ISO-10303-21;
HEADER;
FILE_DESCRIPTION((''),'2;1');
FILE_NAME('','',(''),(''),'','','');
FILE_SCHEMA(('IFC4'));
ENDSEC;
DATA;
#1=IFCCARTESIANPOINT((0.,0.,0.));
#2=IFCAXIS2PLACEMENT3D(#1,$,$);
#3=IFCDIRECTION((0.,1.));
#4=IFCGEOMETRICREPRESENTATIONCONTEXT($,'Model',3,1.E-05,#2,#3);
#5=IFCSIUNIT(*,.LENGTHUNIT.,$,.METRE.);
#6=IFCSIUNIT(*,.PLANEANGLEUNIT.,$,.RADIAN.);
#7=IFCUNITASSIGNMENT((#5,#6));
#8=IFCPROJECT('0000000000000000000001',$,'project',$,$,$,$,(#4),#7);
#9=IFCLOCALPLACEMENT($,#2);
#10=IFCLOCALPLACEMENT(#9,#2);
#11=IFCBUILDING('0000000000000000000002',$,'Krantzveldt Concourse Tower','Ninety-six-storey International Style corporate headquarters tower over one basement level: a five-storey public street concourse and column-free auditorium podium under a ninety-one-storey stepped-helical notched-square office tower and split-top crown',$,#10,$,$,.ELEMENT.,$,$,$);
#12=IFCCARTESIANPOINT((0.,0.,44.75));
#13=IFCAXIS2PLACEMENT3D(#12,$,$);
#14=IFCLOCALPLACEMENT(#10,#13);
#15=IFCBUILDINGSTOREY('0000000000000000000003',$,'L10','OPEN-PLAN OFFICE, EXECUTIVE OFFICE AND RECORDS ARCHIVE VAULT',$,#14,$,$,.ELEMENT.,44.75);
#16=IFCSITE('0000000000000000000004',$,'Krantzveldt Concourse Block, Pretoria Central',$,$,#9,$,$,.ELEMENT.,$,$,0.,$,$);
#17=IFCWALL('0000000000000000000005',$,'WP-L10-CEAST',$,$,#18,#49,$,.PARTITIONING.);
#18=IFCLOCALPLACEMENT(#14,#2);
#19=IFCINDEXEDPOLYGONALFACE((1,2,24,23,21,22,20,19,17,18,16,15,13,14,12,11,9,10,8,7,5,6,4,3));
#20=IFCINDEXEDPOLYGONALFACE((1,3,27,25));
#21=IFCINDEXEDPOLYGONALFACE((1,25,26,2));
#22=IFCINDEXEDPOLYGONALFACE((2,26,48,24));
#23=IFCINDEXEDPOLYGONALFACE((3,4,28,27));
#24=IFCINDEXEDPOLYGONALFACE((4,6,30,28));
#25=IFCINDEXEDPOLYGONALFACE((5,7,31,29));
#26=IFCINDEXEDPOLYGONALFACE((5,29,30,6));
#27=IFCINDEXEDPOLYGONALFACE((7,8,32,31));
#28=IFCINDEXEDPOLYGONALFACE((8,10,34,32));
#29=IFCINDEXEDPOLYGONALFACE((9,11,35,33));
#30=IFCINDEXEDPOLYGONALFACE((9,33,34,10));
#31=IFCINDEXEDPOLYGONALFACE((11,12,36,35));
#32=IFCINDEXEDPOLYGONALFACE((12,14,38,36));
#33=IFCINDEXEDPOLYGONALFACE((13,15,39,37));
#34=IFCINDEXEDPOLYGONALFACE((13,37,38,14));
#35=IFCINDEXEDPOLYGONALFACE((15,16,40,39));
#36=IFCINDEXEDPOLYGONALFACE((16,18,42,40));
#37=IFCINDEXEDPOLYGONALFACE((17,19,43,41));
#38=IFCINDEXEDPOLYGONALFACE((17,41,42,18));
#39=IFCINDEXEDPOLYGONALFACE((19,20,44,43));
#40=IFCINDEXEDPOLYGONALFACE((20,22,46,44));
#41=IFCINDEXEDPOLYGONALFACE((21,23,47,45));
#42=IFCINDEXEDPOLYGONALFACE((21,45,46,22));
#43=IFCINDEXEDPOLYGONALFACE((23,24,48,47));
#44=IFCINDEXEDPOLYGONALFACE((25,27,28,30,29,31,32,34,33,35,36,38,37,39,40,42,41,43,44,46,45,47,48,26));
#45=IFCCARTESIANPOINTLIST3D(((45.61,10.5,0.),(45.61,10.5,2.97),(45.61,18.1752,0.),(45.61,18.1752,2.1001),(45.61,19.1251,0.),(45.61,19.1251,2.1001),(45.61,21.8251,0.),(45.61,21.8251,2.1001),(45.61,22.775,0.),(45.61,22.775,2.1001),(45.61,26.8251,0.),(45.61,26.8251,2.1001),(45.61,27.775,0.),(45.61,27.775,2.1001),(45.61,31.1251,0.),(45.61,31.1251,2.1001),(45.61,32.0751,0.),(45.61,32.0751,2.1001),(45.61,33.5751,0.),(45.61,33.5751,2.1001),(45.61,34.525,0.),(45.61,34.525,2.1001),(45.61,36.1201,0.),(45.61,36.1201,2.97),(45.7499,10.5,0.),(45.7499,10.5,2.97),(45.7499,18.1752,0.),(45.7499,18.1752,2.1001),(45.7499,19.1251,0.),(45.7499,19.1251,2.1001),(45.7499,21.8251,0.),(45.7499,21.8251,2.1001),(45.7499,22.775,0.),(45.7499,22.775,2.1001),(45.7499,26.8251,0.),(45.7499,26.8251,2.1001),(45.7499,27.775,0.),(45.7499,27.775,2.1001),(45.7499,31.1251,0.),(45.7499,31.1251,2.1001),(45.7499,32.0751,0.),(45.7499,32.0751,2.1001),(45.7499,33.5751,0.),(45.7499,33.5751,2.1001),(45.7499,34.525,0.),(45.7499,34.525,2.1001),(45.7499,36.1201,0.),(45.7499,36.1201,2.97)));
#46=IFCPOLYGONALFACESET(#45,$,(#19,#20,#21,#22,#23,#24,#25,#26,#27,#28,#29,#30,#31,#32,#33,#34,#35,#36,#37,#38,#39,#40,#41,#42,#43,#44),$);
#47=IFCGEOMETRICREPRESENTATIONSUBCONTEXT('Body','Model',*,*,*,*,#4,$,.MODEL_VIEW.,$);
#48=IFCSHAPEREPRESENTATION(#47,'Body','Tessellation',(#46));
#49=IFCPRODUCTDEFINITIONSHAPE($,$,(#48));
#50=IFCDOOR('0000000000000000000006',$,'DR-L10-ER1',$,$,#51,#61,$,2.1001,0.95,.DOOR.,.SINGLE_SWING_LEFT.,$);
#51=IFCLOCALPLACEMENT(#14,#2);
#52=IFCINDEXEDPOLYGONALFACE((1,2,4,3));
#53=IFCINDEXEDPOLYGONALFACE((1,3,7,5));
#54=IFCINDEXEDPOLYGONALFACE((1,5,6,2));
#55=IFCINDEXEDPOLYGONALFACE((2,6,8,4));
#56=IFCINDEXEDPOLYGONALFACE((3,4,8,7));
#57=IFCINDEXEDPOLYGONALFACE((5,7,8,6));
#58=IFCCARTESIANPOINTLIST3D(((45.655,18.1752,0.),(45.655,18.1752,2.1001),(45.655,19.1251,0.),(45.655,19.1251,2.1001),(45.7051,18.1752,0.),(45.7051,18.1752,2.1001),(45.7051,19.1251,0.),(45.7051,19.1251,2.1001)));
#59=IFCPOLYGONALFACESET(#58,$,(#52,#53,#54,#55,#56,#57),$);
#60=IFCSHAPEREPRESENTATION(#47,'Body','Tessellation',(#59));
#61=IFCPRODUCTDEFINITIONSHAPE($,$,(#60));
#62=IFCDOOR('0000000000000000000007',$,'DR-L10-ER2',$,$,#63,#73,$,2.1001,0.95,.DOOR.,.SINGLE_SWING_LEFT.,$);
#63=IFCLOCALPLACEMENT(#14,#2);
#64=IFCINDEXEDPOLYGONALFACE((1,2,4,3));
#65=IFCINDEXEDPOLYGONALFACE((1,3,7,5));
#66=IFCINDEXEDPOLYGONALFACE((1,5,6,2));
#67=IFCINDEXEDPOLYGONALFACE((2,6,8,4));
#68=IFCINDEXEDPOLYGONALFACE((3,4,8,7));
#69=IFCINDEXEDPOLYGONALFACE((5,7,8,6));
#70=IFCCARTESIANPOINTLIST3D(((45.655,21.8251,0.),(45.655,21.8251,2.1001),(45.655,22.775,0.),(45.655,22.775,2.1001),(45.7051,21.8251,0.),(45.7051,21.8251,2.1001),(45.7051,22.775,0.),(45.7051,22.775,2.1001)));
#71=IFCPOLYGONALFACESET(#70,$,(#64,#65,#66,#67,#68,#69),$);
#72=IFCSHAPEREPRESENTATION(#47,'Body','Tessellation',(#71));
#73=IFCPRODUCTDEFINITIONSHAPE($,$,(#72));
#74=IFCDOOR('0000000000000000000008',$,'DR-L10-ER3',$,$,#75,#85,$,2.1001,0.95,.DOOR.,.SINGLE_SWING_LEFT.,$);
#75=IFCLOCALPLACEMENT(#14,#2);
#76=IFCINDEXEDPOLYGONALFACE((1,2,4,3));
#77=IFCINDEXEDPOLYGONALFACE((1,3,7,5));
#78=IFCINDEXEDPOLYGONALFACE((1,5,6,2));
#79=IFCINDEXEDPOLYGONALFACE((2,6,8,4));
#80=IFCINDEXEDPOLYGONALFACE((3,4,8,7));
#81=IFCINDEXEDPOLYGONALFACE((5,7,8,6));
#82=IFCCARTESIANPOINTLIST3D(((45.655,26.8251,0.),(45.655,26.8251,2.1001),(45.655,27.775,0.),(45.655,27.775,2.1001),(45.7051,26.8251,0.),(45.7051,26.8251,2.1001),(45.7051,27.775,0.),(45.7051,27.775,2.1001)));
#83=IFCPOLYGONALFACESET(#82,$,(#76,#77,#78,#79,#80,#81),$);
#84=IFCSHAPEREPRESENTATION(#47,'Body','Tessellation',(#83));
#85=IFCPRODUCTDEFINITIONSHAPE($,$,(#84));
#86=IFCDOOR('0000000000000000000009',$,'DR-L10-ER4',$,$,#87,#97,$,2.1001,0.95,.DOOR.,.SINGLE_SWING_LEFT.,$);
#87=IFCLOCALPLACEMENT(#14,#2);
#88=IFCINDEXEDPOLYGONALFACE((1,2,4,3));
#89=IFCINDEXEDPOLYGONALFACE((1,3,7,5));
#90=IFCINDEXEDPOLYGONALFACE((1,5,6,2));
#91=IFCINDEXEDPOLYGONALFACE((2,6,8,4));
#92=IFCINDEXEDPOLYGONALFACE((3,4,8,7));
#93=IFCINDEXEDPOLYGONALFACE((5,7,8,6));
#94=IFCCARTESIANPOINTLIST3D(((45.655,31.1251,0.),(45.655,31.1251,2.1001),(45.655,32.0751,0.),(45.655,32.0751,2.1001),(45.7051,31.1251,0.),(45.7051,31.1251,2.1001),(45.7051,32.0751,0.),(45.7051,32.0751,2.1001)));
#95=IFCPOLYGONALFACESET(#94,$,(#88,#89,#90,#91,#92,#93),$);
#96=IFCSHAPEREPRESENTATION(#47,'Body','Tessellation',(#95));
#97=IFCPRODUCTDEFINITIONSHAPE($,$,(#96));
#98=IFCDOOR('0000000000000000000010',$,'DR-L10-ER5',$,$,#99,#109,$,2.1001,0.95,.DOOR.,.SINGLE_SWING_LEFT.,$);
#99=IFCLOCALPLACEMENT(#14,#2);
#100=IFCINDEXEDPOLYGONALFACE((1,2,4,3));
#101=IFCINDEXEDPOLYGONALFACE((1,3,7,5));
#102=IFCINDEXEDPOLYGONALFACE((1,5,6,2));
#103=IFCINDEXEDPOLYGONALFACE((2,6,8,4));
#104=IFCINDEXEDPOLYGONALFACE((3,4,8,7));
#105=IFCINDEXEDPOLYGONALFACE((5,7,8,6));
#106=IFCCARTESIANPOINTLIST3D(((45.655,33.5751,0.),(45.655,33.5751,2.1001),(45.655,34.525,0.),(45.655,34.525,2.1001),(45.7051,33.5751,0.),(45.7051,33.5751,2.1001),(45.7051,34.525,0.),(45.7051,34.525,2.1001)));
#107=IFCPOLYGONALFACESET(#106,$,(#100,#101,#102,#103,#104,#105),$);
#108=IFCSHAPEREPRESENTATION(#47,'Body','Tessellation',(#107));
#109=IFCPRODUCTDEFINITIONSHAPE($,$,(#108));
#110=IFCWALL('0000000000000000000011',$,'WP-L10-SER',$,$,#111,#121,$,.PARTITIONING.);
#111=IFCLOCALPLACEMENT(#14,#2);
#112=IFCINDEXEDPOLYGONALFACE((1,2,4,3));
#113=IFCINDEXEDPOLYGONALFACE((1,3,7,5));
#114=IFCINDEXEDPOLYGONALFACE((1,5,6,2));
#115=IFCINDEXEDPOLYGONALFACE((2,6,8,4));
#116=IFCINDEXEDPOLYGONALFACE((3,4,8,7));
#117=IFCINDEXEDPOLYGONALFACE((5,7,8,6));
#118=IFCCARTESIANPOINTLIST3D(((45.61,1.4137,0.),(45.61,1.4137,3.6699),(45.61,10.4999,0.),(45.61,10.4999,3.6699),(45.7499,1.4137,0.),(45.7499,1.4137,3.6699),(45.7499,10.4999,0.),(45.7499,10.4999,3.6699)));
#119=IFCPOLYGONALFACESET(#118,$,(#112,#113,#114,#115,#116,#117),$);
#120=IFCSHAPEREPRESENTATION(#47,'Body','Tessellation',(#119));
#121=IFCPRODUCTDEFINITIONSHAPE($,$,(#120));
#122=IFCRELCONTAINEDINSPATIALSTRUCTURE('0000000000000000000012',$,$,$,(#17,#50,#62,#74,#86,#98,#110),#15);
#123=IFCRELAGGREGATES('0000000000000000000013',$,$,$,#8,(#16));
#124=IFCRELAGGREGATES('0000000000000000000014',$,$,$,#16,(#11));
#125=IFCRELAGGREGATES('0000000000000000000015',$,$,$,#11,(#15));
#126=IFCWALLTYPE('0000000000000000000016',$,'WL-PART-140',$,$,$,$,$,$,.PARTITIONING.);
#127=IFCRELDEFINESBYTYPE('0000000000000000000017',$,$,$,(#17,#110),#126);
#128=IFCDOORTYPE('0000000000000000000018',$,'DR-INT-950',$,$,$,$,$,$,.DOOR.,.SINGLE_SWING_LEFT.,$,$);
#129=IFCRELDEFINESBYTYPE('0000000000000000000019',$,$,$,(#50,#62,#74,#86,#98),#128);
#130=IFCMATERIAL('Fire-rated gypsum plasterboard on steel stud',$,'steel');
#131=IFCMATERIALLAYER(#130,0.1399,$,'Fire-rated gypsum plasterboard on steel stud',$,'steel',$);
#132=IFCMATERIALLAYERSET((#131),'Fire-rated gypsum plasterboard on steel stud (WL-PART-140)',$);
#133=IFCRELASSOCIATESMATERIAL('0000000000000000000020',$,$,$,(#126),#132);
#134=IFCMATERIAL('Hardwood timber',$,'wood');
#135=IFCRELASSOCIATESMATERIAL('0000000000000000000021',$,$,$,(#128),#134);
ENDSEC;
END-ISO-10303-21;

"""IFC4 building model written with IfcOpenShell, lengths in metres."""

from ifc_helpers import new_model, si_unit, direction, frame, frame_2d, origin, place, context, subcontext, project, spatial, rectangle, extrude, material, layer, layer_set, type_object, element, fill, save


model = new_model("IFC4")

# Units and contexts
model_context = context("Model", 3, precision=1e-05, world=origin(), true_north=direction((0.0, 1.0)))
body_context = subcontext(model_context, "Body", "Model", "MODEL_VIEW")
ifc_project = project(units=[si_unit("LENGTHUNIT", "METRE"), si_unit("PLANEANGLEUNIT", "RADIAN")], contexts=[model_context])

# Site, building, storey
site_placement = place(None, origin())
site = spatial("IfcSite", under=ifc_project, at=site_placement, Name="Krantzveldt Concourse Block, Pretoria Central", CompositionType="ELEMENT", RefElevation=0.0)
building_placement = place(site_placement, origin())
building = spatial("IfcBuilding", under=site, at=building_placement, Name="Krantzveldt Concourse Tower", Description="Ninety-six-storey International Style corporate headquarters tower over one basement level: a five-storey public street concourse and column-free auditorium podium under a ninety-one-storey stepped-helical notched-square office tower and split-top crown", CompositionType="ELEMENT")
storey_placement = place(building_placement, frame((0.0, 0.0, 44.75)))
storey = spatial("IfcBuildingStorey", under=building, at=storey_placement, Name="L10", Description="OPEN-PLAN OFFICE, EXECUTIVE OFFICE AND RECORDS ARCHIVE VAULT", CompositionType="ELEMENT", Elevation=44.75)

# Shared definitions
ifc_material_1 = material(Name="Fire-rated gypsum plasterboard on steel stud", Category="steel")

# Wall, openings, doors
ifc_layer_1 = layer(ifc_material_1, 0.1399, Name="Fire-rated gypsum plasterboard on steel stud", Category="steel")
ifc_layer_set_1 = layer_set([ifc_layer_1], Name="Fire-rated gypsum plasterboard on steel stud (WL-PART-140)")
wall_type_1 = type_object("IfcWallType", Name="WL-PART-140", PredefinedType="PARTITIONING", material=ifc_layer_set_1)
wall_1_placement = place(storey_placement, frame((45.6799, 10.5, 0.0), z_axis=(0.0, 0.0, 1.0), x_axis=(0.0, 1.0, 0.0)))
wall_1 = element("IfcWall", 1, at=wall_1_placement, inside=storey, type_object=wall_type_1, Name="WP-L10-CEAST", PredefinedType="PARTITIONING", context=body_context, shape_type="SweptSolid", body=[
    extrude(rectangle(XDim=25.6201, YDim=0.1399, at=frame_2d((12.8101, 0.0))), origin(), (0.0, 0.0, 1.0), 2.97),
])
opening_1_placement = place(wall_1_placement, frame((7.675, 0.0, 0.0)))
opening_1 = element("IfcOpeningElement", 2, at=opening_1_placement, cuts=wall_1, PredefinedType="OPENING", context=body_context, shape_type="SweptSolid", body=[
    extrude(rectangle(XDim=0.95, YDim=2.1001, at=frame_2d((0.4751, 1.05))), frame((0.0, 0.0801, 0.0), z_axis=(0.0, -1.0, 0.0), x_axis=(1.0, 0.0, 0.0)), (0.0, 0.0, 1.0), 0.1599),
])
opening_2_placement = place(wall_1_placement, frame((11.325, 0.0, 0.0)))
opening_2 = element("IfcOpeningElement", 3, at=opening_2_placement, cuts=wall_1, PredefinedType="OPENING", context=body_context, shape_type="SweptSolid", body=[
    extrude(rectangle(XDim=0.95, YDim=2.1001, at=frame_2d((0.4751, 1.05))), frame((0.0, 0.0801, 0.0), z_axis=(0.0, -1.0, 0.0), x_axis=(1.0, 0.0, 0.0)), (0.0, 0.0, 1.0), 0.1599),
])
opening_3_placement = place(wall_1_placement, frame((16.325, 0.0, 0.0)))
opening_3 = element("IfcOpeningElement", 4, at=opening_3_placement, cuts=wall_1, PredefinedType="OPENING", context=body_context, shape_type="SweptSolid", body=[
    extrude(rectangle(XDim=0.95, YDim=2.1001, at=frame_2d((0.4751, 1.05))), frame((0.0, 0.0801, 0.0), z_axis=(0.0, -1.0, 0.0), x_axis=(1.0, 0.0, 0.0)), (0.0, 0.0, 1.0), 0.1599),
])
opening_4_placement = place(wall_1_placement, frame((20.625, 0.0, 0.0)))
opening_4 = element("IfcOpeningElement", 5, at=opening_4_placement, cuts=wall_1, PredefinedType="OPENING", context=body_context, shape_type="SweptSolid", body=[
    extrude(rectangle(XDim=0.95, YDim=2.1001, at=frame_2d((0.4751, 1.05))), frame((0.0, 0.0801, 0.0), z_axis=(0.0, -1.0, 0.0), x_axis=(1.0, 0.0, 0.0)), (0.0, 0.0, 1.0), 0.1599),
])
opening_5_placement = place(wall_1_placement, frame((23.075, 0.0, 0.0)))
opening_5 = element("IfcOpeningElement", 6, at=opening_5_placement, cuts=wall_1, PredefinedType="OPENING", context=body_context, shape_type="SweptSolid", body=[
    extrude(rectangle(XDim=0.95, YDim=2.1001, at=frame_2d((0.4751, 1.05))), frame((0.0, 0.0801, 0.0), z_axis=(0.0, -1.0, 0.0), x_axis=(1.0, 0.0, 0.0)), (0.0, 0.0, 1.0), 0.1599),
])
ifc_material_2 = material(Name="Hardwood timber", Category="wood")
door_type = type_object("IfcDoorType", Name="DR-INT-950", OperationType="SINGLE_SWING_LEFT", PredefinedType="DOOR", material=ifc_material_2)
door_1_placement = place(opening_1_placement, origin())
door_1 = element("IfcDoor", 7, at=door_1_placement, inside=storey, type_object=door_type, Name="DR-L10-ER1", OperationType="SINGLE_SWING_LEFT", OverallHeight=2.1001, OverallWidth=0.95, PredefinedType="DOOR", context=body_context, shape_type="SweptSolid", body=[
    extrude(rectangle(XDim=0.95, YDim=2.1001, at=frame_2d((0.4751, 1.05))), frame((0.0, 0.0249, 0.0), z_axis=(0.0, -1.0, 0.0), x_axis=(1.0, 0.0, 0.0)), (0.0, 0.0, 1.0), 0.05),
])
fill(opening_1, door_1)
door_2_placement = place(opening_2_placement, origin())
door_2 = element("IfcDoor", 8, at=door_2_placement, inside=storey, type_object=door_type, Name="DR-L10-ER2", OperationType="SINGLE_SWING_LEFT", OverallHeight=2.1001, OverallWidth=0.95, PredefinedType="DOOR", context=body_context, shape_type="SweptSolid", body=[
    extrude(rectangle(XDim=0.95, YDim=2.1001, at=frame_2d((0.4751, 1.05))), frame((0.0, 0.0249, 0.0), z_axis=(0.0, -1.0, 0.0), x_axis=(1.0, 0.0, 0.0)), (0.0, 0.0, 1.0), 0.05),
])
fill(opening_2, door_2)
door_3_placement = place(opening_3_placement, origin())
door_3 = element("IfcDoor", 9, at=door_3_placement, inside=storey, type_object=door_type, Name="DR-L10-ER3", OperationType="SINGLE_SWING_LEFT", OverallHeight=2.1001, OverallWidth=0.95, PredefinedType="DOOR", context=body_context, shape_type="SweptSolid", body=[
    extrude(rectangle(XDim=0.95, YDim=2.1001, at=frame_2d((0.4751, 1.05))), frame((0.0, 0.0249, 0.0), z_axis=(0.0, -1.0, 0.0), x_axis=(1.0, 0.0, 0.0)), (0.0, 0.0, 1.0), 0.05),
])
fill(opening_3, door_3)
door_4_placement = place(opening_4_placement, origin())
door_4 = element("IfcDoor", 10, at=door_4_placement, inside=storey, type_object=door_type, Name="DR-L10-ER4", OperationType="SINGLE_SWING_LEFT", OverallHeight=2.1001, OverallWidth=0.95, PredefinedType="DOOR", context=body_context, shape_type="SweptSolid", body=[
    extrude(rectangle(XDim=0.95, YDim=2.1001, at=frame_2d((0.4751, 1.05))), frame((0.0, 0.0249, 0.0), z_axis=(0.0, -1.0, 0.0), x_axis=(1.0, 0.0, 0.0)), (0.0, 0.0, 1.0), 0.05),
])
fill(opening_4, door_4)
door_5_placement = place(opening_5_placement, origin())
door_5 = element("IfcDoor", 11, at=door_5_placement, inside=storey, type_object=door_type, Name="DR-L10-ER5", OperationType="SINGLE_SWING_LEFT", OverallHeight=2.1001, OverallWidth=0.95, PredefinedType="DOOR", context=body_context, shape_type="SweptSolid", body=[
    extrude(rectangle(XDim=0.95, YDim=2.1001, at=frame_2d((0.4751, 1.05))), frame((0.0, 0.0249, 0.0), z_axis=(0.0, -1.0, 0.0), x_axis=(1.0, 0.0, 0.0)), (0.0, 0.0, 1.0), 0.05),
])
fill(opening_5, door_5)

# Wall
wall_2_placement = place(storey_placement, frame((45.6799, 1.4138, 0.0), z_axis=(0.0, 0.0, 1.0), x_axis=(0.0, 1.0, 0.0)))
element("IfcWall", 12, at=wall_2_placement, inside=storey, type_object=wall_type_1, Name="WP-L10-SER", PredefinedType="PARTITIONING", context=body_context, shape_type="SweptSolid", body=[
    extrude(rectangle(XDim=9.0862, YDim=0.1399, at=frame_2d((4.543, 0.0))), origin(), (0.0, 0.0, 1.0), 3.6699),
])

save(model, "model.ifc")
